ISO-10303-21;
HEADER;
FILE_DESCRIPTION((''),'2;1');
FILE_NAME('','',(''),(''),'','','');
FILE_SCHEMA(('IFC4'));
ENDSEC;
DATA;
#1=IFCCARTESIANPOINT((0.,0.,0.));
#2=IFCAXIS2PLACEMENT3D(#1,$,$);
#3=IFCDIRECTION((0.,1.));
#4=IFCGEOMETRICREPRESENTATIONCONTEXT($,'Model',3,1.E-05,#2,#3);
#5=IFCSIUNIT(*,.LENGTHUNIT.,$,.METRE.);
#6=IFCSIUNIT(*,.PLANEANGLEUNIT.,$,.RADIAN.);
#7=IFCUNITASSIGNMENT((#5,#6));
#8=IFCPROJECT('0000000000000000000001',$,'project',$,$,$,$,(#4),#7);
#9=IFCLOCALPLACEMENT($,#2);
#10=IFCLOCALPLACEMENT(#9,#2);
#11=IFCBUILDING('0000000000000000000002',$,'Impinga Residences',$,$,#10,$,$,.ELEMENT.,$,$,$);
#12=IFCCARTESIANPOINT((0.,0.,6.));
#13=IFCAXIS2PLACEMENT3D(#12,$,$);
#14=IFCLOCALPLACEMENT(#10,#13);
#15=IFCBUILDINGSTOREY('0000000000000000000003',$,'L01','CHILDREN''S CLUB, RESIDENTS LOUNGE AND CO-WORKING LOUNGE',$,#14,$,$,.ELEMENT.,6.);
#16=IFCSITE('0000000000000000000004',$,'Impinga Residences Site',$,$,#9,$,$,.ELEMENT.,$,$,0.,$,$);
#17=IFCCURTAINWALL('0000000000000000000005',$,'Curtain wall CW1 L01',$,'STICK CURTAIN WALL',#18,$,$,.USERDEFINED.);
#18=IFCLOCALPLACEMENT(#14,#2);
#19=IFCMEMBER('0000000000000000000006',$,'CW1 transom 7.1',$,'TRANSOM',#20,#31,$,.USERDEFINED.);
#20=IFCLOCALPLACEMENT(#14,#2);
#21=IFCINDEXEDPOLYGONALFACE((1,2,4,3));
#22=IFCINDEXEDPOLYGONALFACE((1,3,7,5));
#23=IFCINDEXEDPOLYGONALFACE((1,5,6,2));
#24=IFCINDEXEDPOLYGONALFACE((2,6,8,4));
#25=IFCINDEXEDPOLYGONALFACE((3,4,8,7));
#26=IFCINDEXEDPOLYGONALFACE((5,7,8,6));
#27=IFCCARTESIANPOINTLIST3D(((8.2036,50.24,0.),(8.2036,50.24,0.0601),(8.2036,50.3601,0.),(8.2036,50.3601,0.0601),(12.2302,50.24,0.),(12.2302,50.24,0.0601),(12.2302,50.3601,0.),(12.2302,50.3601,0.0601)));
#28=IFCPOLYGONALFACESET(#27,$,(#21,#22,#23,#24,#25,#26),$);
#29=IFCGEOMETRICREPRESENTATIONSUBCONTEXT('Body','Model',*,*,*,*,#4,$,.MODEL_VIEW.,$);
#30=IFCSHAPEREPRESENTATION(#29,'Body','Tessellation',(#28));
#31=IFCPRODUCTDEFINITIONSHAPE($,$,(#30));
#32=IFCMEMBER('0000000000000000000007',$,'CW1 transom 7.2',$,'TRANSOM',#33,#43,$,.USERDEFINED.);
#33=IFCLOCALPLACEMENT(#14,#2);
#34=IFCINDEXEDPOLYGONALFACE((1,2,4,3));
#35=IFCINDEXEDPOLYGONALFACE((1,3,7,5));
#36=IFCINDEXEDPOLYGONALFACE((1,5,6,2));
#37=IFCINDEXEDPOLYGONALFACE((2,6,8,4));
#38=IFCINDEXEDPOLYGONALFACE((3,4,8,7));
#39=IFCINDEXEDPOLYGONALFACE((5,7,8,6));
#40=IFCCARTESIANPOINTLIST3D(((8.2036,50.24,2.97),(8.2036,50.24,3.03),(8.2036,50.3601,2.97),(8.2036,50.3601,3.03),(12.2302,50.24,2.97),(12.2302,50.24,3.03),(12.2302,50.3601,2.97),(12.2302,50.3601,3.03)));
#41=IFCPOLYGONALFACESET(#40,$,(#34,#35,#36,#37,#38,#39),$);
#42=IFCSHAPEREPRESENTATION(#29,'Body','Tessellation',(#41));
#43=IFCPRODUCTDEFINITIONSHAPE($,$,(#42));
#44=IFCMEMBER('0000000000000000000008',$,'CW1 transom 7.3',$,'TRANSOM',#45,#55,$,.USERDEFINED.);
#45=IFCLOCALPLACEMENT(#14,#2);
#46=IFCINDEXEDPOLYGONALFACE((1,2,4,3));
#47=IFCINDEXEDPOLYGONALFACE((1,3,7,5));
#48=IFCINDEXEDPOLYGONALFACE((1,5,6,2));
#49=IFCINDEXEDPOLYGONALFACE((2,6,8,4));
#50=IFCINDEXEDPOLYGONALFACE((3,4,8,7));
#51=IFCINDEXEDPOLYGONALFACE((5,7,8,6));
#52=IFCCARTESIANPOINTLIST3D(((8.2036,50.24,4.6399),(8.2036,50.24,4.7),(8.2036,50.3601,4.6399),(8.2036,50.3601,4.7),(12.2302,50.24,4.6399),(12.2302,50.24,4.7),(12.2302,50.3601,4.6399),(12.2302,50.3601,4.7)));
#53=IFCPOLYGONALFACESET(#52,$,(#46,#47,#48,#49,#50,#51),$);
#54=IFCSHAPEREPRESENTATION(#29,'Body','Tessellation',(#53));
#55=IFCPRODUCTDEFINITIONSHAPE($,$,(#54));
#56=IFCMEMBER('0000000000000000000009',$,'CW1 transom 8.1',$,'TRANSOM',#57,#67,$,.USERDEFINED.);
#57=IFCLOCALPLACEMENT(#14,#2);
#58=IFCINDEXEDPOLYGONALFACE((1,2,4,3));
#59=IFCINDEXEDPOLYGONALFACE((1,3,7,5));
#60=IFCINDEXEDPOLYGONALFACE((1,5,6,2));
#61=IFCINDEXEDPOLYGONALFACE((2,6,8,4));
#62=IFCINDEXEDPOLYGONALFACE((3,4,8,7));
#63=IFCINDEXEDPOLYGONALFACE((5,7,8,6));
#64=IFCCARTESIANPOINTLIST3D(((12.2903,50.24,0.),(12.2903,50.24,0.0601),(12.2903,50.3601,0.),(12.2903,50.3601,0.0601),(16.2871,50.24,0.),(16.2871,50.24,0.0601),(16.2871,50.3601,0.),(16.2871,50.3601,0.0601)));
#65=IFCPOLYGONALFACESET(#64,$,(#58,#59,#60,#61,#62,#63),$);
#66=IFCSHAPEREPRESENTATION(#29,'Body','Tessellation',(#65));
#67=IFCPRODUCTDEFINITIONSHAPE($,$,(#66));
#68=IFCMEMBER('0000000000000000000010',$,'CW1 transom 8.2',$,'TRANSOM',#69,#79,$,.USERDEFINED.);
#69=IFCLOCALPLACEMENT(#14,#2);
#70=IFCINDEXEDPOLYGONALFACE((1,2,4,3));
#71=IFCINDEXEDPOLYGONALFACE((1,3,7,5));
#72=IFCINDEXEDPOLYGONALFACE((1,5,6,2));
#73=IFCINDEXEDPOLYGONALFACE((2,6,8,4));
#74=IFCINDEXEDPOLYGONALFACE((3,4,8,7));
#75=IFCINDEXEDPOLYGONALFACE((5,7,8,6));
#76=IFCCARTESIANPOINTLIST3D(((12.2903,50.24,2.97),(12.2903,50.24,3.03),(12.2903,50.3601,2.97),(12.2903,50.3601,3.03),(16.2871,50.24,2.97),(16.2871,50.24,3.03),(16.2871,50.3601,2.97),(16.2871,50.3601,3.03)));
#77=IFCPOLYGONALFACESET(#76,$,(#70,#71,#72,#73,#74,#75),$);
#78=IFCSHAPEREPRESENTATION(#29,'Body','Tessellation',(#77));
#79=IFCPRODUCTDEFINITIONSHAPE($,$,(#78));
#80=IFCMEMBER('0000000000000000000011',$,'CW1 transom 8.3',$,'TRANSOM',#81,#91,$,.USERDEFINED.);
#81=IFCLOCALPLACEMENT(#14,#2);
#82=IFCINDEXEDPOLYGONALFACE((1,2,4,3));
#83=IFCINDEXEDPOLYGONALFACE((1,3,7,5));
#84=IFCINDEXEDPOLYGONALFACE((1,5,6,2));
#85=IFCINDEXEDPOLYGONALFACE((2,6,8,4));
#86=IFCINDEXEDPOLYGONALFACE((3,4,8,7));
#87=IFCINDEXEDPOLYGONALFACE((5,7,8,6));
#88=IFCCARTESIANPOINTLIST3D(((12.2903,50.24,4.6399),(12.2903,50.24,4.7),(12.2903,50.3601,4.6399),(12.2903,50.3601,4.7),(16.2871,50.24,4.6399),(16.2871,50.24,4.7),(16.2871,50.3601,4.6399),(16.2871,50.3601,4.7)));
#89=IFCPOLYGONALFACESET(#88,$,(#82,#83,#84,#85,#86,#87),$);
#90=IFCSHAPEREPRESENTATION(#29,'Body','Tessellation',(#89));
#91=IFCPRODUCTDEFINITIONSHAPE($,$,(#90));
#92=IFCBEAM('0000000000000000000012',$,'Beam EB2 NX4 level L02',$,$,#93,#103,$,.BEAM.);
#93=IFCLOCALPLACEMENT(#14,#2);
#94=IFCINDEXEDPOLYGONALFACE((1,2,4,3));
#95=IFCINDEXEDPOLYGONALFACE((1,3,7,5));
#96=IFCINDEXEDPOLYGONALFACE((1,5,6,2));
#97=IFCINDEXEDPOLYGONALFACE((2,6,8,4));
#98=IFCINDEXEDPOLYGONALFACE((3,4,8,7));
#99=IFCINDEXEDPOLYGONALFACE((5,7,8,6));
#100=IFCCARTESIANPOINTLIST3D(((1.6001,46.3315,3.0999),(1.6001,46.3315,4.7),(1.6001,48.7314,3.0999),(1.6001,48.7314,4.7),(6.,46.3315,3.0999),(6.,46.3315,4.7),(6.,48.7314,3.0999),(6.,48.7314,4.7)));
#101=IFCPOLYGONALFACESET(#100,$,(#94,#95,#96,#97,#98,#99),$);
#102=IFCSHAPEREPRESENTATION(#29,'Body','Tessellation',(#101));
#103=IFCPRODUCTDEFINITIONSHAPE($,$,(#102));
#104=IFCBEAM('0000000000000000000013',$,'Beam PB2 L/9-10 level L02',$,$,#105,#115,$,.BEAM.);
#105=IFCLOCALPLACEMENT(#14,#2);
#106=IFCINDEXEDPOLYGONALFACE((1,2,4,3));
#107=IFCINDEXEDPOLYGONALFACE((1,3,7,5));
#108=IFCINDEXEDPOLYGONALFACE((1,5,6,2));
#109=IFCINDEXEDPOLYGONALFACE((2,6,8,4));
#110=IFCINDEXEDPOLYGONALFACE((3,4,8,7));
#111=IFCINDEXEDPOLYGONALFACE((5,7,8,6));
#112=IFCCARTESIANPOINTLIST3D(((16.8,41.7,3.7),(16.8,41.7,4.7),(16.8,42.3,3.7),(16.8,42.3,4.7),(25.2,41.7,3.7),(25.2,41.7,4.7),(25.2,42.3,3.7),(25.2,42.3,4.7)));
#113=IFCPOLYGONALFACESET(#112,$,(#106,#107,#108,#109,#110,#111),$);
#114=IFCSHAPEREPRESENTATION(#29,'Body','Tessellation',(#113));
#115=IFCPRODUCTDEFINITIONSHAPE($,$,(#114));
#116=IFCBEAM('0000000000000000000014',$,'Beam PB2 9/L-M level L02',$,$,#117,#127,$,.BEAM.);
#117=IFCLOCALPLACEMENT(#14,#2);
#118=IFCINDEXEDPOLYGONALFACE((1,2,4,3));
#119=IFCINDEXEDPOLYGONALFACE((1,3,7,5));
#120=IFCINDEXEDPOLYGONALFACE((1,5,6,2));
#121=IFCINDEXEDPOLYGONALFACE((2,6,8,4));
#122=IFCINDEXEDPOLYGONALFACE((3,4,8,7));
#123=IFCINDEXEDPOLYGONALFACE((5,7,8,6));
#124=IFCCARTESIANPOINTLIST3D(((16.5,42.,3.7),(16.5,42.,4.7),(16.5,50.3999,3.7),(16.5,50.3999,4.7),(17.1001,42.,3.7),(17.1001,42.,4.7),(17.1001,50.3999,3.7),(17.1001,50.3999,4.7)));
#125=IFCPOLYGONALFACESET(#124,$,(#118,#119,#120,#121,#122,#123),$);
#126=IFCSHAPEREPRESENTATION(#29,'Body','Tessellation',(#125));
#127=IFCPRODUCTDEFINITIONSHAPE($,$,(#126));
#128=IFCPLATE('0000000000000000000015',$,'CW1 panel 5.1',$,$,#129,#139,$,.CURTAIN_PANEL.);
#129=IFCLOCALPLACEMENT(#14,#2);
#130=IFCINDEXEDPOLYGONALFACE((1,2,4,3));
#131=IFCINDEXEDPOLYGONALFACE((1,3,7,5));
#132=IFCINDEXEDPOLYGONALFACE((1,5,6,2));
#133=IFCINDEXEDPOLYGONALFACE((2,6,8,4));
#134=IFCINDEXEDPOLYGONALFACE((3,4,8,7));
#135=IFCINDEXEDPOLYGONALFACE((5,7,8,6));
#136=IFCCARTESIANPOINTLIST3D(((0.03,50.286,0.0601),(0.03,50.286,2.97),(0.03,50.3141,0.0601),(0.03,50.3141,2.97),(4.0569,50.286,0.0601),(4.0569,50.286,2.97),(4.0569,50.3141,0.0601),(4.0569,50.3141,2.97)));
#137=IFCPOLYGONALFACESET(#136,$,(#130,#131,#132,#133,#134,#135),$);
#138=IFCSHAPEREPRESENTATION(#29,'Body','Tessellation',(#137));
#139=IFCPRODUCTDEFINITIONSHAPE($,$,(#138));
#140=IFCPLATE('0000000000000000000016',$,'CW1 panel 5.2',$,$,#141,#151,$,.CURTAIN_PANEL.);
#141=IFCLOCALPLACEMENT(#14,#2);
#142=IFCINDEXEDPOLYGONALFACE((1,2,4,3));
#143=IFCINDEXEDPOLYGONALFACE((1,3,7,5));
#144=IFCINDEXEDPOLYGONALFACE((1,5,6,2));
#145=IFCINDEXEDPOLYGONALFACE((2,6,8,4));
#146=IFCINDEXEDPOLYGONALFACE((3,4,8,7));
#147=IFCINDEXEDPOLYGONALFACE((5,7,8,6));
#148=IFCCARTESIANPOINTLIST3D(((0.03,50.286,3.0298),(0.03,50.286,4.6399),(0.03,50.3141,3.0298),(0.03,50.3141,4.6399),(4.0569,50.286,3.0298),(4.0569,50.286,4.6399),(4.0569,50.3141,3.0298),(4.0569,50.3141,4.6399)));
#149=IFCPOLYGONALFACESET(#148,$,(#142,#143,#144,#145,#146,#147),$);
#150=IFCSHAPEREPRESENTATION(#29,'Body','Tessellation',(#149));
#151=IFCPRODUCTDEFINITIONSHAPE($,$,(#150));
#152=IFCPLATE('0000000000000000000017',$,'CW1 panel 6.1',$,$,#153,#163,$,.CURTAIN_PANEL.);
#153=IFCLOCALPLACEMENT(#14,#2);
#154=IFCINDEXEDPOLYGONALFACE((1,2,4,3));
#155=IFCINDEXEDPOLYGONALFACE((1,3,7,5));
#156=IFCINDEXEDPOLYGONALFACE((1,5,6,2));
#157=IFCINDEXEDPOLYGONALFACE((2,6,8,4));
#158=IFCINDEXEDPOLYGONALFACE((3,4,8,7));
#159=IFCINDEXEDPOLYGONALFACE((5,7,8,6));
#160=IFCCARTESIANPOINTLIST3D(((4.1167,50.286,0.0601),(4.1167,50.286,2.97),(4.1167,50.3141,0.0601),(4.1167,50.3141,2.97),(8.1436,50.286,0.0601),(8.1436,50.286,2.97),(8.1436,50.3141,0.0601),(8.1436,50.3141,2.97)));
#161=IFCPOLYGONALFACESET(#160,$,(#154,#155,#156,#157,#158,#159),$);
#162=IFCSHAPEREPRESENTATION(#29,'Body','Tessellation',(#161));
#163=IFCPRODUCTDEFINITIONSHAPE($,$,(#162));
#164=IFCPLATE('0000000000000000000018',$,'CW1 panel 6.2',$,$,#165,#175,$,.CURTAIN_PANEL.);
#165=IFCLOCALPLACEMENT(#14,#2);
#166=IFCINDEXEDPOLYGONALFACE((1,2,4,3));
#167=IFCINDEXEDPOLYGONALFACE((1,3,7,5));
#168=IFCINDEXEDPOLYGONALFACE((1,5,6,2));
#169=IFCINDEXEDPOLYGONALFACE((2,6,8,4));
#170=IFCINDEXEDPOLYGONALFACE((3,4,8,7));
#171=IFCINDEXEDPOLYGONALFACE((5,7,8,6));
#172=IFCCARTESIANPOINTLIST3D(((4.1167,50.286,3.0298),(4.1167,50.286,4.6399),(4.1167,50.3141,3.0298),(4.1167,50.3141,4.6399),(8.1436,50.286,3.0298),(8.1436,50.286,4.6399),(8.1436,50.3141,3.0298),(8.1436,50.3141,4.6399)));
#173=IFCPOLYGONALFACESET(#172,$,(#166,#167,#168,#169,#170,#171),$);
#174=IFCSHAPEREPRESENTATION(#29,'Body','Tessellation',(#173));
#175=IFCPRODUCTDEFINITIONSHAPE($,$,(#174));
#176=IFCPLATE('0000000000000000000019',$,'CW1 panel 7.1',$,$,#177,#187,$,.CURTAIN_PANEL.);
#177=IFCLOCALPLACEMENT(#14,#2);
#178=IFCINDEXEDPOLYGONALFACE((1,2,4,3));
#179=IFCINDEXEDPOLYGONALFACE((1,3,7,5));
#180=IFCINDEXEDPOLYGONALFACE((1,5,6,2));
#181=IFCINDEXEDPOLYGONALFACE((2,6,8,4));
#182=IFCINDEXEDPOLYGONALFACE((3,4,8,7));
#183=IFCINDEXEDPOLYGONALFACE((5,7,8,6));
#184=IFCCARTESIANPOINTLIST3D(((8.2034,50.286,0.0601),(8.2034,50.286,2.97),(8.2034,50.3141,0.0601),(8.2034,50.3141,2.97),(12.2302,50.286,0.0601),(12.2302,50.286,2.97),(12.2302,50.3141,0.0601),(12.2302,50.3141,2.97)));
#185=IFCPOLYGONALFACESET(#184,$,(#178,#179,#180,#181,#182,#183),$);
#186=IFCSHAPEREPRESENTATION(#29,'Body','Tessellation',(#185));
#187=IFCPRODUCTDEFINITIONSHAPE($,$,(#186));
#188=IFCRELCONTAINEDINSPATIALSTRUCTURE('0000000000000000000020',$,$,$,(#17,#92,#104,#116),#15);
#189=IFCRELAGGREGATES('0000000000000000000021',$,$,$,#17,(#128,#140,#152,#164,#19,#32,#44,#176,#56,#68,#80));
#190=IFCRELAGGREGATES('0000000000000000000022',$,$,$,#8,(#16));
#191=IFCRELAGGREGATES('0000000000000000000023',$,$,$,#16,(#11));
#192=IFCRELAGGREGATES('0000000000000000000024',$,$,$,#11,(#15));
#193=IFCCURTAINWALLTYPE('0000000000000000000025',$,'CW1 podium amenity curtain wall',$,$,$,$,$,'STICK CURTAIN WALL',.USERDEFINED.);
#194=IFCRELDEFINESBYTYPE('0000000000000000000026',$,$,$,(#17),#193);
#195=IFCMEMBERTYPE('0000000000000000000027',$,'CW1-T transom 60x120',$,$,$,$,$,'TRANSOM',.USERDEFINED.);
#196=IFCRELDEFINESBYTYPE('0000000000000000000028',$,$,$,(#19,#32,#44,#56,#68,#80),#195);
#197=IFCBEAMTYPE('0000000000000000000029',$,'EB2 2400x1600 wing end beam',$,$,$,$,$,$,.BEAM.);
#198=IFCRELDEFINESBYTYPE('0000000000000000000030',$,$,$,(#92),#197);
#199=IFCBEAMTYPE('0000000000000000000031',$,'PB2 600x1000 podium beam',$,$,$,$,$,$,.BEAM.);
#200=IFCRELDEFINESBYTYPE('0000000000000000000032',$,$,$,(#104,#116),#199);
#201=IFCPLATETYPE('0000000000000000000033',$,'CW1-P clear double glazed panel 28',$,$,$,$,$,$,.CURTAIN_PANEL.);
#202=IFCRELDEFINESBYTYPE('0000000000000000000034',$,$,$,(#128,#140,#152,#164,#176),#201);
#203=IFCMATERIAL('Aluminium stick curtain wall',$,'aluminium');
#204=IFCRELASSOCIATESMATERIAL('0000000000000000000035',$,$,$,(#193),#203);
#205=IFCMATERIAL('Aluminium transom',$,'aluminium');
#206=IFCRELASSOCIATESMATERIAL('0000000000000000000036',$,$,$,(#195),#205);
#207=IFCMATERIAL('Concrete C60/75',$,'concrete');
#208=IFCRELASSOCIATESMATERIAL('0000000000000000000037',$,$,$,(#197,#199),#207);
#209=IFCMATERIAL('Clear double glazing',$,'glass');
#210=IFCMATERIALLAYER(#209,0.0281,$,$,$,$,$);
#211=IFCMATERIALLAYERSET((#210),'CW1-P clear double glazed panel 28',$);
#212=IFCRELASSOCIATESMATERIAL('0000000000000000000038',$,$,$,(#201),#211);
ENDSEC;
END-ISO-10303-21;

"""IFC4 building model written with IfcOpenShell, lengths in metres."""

from ifc_helpers import new_model, si_unit, direction, frame, origin, origin_2d, place, context, subcontext, project, spatial, rectangle, extrude, material, layer, layer_set, material_profile, profile_set, type_object, element, aggregate, save


model = new_model("IFC4")

# Units and contexts
model_context = context("Model", 3, precision=1e-05, world=origin(), true_north=direction((0.0, 1.0)))
body_context = subcontext(model_context, "Body", "Model", "MODEL_VIEW")
ifc_project = project(units=[si_unit("LENGTHUNIT", "METRE"), si_unit("PLANEANGLEUNIT", "RADIAN")], contexts=[model_context])

# Site, building, storey
site_placement = place(None, origin())
site = spatial("IfcSite", under=ifc_project, at=site_placement, Name="Impinga Residences Site", CompositionType="ELEMENT", RefElevation=0.0)
building_placement = place(site_placement, origin())
building = spatial("IfcBuilding", under=site, at=building_placement, Name="Impinga Residences", CompositionType="ELEMENT")
storey_placement = place(building_placement, frame((0.0, 0.0, 6.0)))
storey = spatial("IfcBuildingStorey", under=building, at=storey_placement, Name="L01", Description="CHILDREN'S CLUB, RESIDENTS LOUNGE AND CO-WORKING LOUNGE", CompositionType="ELEMENT", Elevation=6.0)

# Shared definitions
ifc_material_1 = material(Name="Concrete C60/75", Category="concrete")

# Curtain wall, members
ifc_material_2 = material(Name="Aluminium stick curtain wall", Category="aluminium")
curtain_wall_type = type_object("IfcCurtainWallType", Name="CW1 podium amenity curtain wall", ElementType="STICK CURTAIN WALL", PredefinedType="USERDEFINED", material=ifc_material_2)
curtain_wall_placement = place(storey_placement, origin())
curtain_wall = element("IfcCurtainWall", 1, at=curtain_wall_placement, inside=storey, type_object=curtain_wall_type, Name="Curtain wall CW1 L01", ObjectType="STICK CURTAIN WALL", PredefinedType="USERDEFINED")
ifc_material_3 = material(Name="Aluminium transom", Category="aluminium")
ifc_material_profile_1 = material_profile(ifc_material_3, rectangle(XDim=0.0601, YDim=0.1201, at=origin_2d()), Name="60x120 transom")
ifc_profile_set_1 = profile_set([ifc_material_profile_1], Name="Aluminium transom")
member_type_1 = type_object("IfcMemberType", Name="CW1-T transom 60x120", ElementType="TRANSOM", PredefinedType="USERDEFINED", material=ifc_profile_set_1)
member_1_placement = place(storey_placement, frame((8.2036, 50.3, 0.03), z_axis=(1.0, 0.0, 0.0), x_axis=(0.0, 0.0, 1.0)))
member_1 = element("IfcMember", 2, at=member_1_placement, type_object=member_type_1, Name="CW1 transom 7.1", ObjectType="TRANSOM", PredefinedType="USERDEFINED", context=body_context, shape_type="SweptSolid", body=[
    extrude(rectangle(XDim=0.0601, YDim=0.1201, at=origin_2d()), origin(), (0.0, 0.0, 1.0), 4.0266),
])
member_2_placement = place(storey_placement, frame((8.2036, 50.3, 3.0), z_axis=(1.0, 0.0, 0.0), x_axis=(0.0, 0.0, 1.0)))
member_2 = element("IfcMember", 3, at=member_2_placement, type_object=member_type_1, Name="CW1 transom 7.2", ObjectType="TRANSOM", PredefinedType="USERDEFINED", context=body_context, shape_type="SweptSolid", body=[
    extrude(rectangle(XDim=0.0601, YDim=0.1201, at=origin_2d()), origin(), (0.0, 0.0, 1.0), 4.0266),
])
member_3_placement = place(storey_placement, frame((8.2036, 50.3, 4.6699), z_axis=(1.0, 0.0, 0.0), x_axis=(0.0, 0.0, 1.0)))
member_3 = element("IfcMember", 4, at=member_3_placement, type_object=member_type_1, Name="CW1 transom 7.3", ObjectType="TRANSOM", PredefinedType="USERDEFINED", context=body_context, shape_type="SweptSolid", body=[
    extrude(rectangle(XDim=0.0601, YDim=0.1201, at=origin_2d()), origin(), (0.0, 0.0, 1.0), 4.0266),
])
member_4_placement = place(storey_placement, frame((12.2903, 50.3, 0.03), z_axis=(1.0, 0.0, 0.0), x_axis=(0.0, 0.0, 1.0)))
member_4 = element("IfcMember", 5, at=member_4_placement, type_object=member_type_1, Name="CW1 transom 8.1", ObjectType="TRANSOM", PredefinedType="USERDEFINED", context=body_context, shape_type="SweptSolid", body=[
    extrude(rectangle(XDim=0.0601, YDim=0.1201, at=origin_2d()), origin(), (0.0, 0.0, 1.0), 3.9968),
])
member_5_placement = place(storey_placement, frame((12.2903, 50.3, 3.0), z_axis=(1.0, 0.0, 0.0), x_axis=(0.0, 0.0, 1.0)))
member_5 = element("IfcMember", 6, at=member_5_placement, type_object=member_type_1, Name="CW1 transom 8.2", ObjectType="TRANSOM", PredefinedType="USERDEFINED", context=body_context, shape_type="SweptSolid", body=[
    extrude(rectangle(XDim=0.0601, YDim=0.1201, at=origin_2d()), origin(), (0.0, 0.0, 1.0), 3.9968),
])
member_6_placement = place(storey_placement, frame((12.2903, 50.3, 4.6699), z_axis=(1.0, 0.0, 0.0), x_axis=(0.0, 0.0, 1.0)))
member_6 = element("IfcMember", 7, at=member_6_placement, type_object=member_type_1, Name="CW1 transom 8.3", ObjectType="TRANSOM", PredefinedType="USERDEFINED", context=body_context, shape_type="SweptSolid", body=[
    extrude(rectangle(XDim=0.0601, YDim=0.1201, at=origin_2d()), origin(), (0.0, 0.0, 1.0), 3.9968),
])

# Beams
ifc_material_profile_2 = material_profile(ifc_material_1, rectangle(XDim=2.3999, YDim=1.6001, at=origin_2d()), Name="RC 2400x1600")
ifc_profile_set_2 = profile_set([ifc_material_profile_2], Name="Concrete C60/75")
beam_type_1 = type_object("IfcBeamType", Name="EB2 2400x1600 wing end beam", PredefinedType="BEAM", material=ifc_profile_set_2)
beam_1_placement = place(storey_placement, frame((1.6001, 47.5315, 3.8999), z_axis=(1.0, 0.0, 0.0), x_axis=(0.0, 1.0, 0.0)))
element("IfcBeam", 8, at=beam_1_placement, inside=storey, type_object=beam_type_1, Name="Beam EB2 NX4 level L02", PredefinedType="BEAM", context=body_context, shape_type="SweptSolid", body=[
    extrude(rectangle(XDim=2.3999, YDim=1.6001, at=origin_2d()), origin(), (0.0, 0.0, 1.0), 4.3999),
])
ifc_material_profile_3 = material_profile(ifc_material_1, rectangle(XDim=0.6001, YDim=1.0, at=origin_2d()), Name="RC 600x1000")
ifc_profile_set_3 = profile_set([ifc_material_profile_3], Name="Concrete C60/75")
beam_type_2 = type_object("IfcBeamType", Name="PB2 600x1000 podium beam", PredefinedType="BEAM", material=ifc_profile_set_3)
for number, where, z_axis, x_axis, name in (
    (9, (16.8, 42.0, 4.2), (1.0, 0.0, 0.0), (0.0, 1.0, 0.0), "Beam PB2 L/9-10 level L02"),
    (10, (16.8, 42.0, 4.2), (0.0, 1.0, 0.0), (-1.0, 0.0, 0.0), "Beam PB2 9/L-M level L02"),
):
    element("IfcBeam", number, at=place(storey_placement, frame(where, z_axis=z_axis, x_axis=x_axis)), inside=storey, type_object=beam_type_2, Name=name, PredefinedType="BEAM", context=body_context, shape_type="SweptSolid", body=[
        extrude(rectangle(XDim=0.6001, YDim=1.0, at=origin_2d()), origin(), (0.0, 0.0, 1.0), 8.3999),
    ])

# Plates
ifc_material_4 = material(Name="Clear double glazing", Category="glass")
ifc_layer_1 = layer(ifc_material_4, 0.0281)
ifc_layer_set_1 = layer_set([ifc_layer_1], Name="CW1-P clear double glazed panel 28")
plate_type = type_object("IfcPlateType", Name="CW1-P clear double glazed panel 28", PredefinedType="CURTAIN_PANEL", material=ifc_layer_set_1)
plate_1_placement = place(storey_placement, frame((2.0435, 50.3, 0.0601), z_axis=(0.0, 0.0, 1.0), x_axis=(1.0, 0.0, 0.0)))
plate_1 = element("IfcPlate", 11, at=plate_1_placement, type_object=plate_type, Name="CW1 panel 5.1", PredefinedType="CURTAIN_PANEL", context=body_context, shape_type="SweptSolid", body=[
    extrude(rectangle(XDim=4.0269, YDim=0.0281, at=origin_2d()), origin(), (0.0, 0.0, 1.0), 2.9099),
])
plate_2_placement = place(storey_placement, frame((2.0435, 50.3, 3.0298), z_axis=(0.0, 0.0, 1.0), x_axis=(1.0, 0.0, 0.0)))
plate_2 = element("IfcPlate", 12, at=plate_2_placement, type_object=plate_type, Name="CW1 panel 5.2", PredefinedType="CURTAIN_PANEL", context=body_context, shape_type="SweptSolid", body=[
    extrude(rectangle(XDim=4.0269, YDim=0.0281, at=origin_2d()), origin(), (0.0, 0.0, 1.0), 1.6101),
])
plate_3_placement = place(storey_placement, frame((6.1301, 50.3, 0.0601), z_axis=(0.0, 0.0, 1.0), x_axis=(1.0, 0.0, 0.0)))
plate_3 = element("IfcPlate", 13, at=plate_3_placement, type_object=plate_type, Name="CW1 panel 6.1", PredefinedType="CURTAIN_PANEL", context=body_context, shape_type="SweptSolid", body=[
    extrude(rectangle(XDim=4.0269, YDim=0.0281, at=origin_2d()), origin(), (0.0, 0.0, 1.0), 2.9099),
])
plate_4_placement = place(storey_placement, frame((6.1301, 50.3, 3.0298), z_axis=(0.0, 0.0, 1.0), x_axis=(1.0, 0.0, 0.0)))
plate_4 = element("IfcPlate", 14, at=plate_4_placement, type_object=plate_type, Name="CW1 panel 6.2", PredefinedType="CURTAIN_PANEL", context=body_context, shape_type="SweptSolid", body=[
    extrude(rectangle(XDim=4.0269, YDim=0.0281, at=origin_2d()), origin(), (0.0, 0.0, 1.0), 1.6101),
])
plate_5_placement = place(storey_placement, frame((10.2168, 50.3, 0.0601), z_axis=(0.0, 0.0, 1.0), x_axis=(1.0, 0.0, 0.0)))
plate_5 = element("IfcPlate", 15, at=plate_5_placement, type_object=plate_type, Name="CW1 panel 7.1", PredefinedType="CURTAIN_PANEL", context=body_context, shape_type="SweptSolid", body=[
    extrude(rectangle(XDim=4.0269, YDim=0.0281, at=origin_2d()), origin(), (0.0, 0.0, 1.0), 2.9099),
])
aggregate(curtain_wall, [plate_1, plate_2, plate_3, plate_4, member_1, member_2, member_3, plate_5, member_4, member_5, member_6])

save(model, "model.ifc")
